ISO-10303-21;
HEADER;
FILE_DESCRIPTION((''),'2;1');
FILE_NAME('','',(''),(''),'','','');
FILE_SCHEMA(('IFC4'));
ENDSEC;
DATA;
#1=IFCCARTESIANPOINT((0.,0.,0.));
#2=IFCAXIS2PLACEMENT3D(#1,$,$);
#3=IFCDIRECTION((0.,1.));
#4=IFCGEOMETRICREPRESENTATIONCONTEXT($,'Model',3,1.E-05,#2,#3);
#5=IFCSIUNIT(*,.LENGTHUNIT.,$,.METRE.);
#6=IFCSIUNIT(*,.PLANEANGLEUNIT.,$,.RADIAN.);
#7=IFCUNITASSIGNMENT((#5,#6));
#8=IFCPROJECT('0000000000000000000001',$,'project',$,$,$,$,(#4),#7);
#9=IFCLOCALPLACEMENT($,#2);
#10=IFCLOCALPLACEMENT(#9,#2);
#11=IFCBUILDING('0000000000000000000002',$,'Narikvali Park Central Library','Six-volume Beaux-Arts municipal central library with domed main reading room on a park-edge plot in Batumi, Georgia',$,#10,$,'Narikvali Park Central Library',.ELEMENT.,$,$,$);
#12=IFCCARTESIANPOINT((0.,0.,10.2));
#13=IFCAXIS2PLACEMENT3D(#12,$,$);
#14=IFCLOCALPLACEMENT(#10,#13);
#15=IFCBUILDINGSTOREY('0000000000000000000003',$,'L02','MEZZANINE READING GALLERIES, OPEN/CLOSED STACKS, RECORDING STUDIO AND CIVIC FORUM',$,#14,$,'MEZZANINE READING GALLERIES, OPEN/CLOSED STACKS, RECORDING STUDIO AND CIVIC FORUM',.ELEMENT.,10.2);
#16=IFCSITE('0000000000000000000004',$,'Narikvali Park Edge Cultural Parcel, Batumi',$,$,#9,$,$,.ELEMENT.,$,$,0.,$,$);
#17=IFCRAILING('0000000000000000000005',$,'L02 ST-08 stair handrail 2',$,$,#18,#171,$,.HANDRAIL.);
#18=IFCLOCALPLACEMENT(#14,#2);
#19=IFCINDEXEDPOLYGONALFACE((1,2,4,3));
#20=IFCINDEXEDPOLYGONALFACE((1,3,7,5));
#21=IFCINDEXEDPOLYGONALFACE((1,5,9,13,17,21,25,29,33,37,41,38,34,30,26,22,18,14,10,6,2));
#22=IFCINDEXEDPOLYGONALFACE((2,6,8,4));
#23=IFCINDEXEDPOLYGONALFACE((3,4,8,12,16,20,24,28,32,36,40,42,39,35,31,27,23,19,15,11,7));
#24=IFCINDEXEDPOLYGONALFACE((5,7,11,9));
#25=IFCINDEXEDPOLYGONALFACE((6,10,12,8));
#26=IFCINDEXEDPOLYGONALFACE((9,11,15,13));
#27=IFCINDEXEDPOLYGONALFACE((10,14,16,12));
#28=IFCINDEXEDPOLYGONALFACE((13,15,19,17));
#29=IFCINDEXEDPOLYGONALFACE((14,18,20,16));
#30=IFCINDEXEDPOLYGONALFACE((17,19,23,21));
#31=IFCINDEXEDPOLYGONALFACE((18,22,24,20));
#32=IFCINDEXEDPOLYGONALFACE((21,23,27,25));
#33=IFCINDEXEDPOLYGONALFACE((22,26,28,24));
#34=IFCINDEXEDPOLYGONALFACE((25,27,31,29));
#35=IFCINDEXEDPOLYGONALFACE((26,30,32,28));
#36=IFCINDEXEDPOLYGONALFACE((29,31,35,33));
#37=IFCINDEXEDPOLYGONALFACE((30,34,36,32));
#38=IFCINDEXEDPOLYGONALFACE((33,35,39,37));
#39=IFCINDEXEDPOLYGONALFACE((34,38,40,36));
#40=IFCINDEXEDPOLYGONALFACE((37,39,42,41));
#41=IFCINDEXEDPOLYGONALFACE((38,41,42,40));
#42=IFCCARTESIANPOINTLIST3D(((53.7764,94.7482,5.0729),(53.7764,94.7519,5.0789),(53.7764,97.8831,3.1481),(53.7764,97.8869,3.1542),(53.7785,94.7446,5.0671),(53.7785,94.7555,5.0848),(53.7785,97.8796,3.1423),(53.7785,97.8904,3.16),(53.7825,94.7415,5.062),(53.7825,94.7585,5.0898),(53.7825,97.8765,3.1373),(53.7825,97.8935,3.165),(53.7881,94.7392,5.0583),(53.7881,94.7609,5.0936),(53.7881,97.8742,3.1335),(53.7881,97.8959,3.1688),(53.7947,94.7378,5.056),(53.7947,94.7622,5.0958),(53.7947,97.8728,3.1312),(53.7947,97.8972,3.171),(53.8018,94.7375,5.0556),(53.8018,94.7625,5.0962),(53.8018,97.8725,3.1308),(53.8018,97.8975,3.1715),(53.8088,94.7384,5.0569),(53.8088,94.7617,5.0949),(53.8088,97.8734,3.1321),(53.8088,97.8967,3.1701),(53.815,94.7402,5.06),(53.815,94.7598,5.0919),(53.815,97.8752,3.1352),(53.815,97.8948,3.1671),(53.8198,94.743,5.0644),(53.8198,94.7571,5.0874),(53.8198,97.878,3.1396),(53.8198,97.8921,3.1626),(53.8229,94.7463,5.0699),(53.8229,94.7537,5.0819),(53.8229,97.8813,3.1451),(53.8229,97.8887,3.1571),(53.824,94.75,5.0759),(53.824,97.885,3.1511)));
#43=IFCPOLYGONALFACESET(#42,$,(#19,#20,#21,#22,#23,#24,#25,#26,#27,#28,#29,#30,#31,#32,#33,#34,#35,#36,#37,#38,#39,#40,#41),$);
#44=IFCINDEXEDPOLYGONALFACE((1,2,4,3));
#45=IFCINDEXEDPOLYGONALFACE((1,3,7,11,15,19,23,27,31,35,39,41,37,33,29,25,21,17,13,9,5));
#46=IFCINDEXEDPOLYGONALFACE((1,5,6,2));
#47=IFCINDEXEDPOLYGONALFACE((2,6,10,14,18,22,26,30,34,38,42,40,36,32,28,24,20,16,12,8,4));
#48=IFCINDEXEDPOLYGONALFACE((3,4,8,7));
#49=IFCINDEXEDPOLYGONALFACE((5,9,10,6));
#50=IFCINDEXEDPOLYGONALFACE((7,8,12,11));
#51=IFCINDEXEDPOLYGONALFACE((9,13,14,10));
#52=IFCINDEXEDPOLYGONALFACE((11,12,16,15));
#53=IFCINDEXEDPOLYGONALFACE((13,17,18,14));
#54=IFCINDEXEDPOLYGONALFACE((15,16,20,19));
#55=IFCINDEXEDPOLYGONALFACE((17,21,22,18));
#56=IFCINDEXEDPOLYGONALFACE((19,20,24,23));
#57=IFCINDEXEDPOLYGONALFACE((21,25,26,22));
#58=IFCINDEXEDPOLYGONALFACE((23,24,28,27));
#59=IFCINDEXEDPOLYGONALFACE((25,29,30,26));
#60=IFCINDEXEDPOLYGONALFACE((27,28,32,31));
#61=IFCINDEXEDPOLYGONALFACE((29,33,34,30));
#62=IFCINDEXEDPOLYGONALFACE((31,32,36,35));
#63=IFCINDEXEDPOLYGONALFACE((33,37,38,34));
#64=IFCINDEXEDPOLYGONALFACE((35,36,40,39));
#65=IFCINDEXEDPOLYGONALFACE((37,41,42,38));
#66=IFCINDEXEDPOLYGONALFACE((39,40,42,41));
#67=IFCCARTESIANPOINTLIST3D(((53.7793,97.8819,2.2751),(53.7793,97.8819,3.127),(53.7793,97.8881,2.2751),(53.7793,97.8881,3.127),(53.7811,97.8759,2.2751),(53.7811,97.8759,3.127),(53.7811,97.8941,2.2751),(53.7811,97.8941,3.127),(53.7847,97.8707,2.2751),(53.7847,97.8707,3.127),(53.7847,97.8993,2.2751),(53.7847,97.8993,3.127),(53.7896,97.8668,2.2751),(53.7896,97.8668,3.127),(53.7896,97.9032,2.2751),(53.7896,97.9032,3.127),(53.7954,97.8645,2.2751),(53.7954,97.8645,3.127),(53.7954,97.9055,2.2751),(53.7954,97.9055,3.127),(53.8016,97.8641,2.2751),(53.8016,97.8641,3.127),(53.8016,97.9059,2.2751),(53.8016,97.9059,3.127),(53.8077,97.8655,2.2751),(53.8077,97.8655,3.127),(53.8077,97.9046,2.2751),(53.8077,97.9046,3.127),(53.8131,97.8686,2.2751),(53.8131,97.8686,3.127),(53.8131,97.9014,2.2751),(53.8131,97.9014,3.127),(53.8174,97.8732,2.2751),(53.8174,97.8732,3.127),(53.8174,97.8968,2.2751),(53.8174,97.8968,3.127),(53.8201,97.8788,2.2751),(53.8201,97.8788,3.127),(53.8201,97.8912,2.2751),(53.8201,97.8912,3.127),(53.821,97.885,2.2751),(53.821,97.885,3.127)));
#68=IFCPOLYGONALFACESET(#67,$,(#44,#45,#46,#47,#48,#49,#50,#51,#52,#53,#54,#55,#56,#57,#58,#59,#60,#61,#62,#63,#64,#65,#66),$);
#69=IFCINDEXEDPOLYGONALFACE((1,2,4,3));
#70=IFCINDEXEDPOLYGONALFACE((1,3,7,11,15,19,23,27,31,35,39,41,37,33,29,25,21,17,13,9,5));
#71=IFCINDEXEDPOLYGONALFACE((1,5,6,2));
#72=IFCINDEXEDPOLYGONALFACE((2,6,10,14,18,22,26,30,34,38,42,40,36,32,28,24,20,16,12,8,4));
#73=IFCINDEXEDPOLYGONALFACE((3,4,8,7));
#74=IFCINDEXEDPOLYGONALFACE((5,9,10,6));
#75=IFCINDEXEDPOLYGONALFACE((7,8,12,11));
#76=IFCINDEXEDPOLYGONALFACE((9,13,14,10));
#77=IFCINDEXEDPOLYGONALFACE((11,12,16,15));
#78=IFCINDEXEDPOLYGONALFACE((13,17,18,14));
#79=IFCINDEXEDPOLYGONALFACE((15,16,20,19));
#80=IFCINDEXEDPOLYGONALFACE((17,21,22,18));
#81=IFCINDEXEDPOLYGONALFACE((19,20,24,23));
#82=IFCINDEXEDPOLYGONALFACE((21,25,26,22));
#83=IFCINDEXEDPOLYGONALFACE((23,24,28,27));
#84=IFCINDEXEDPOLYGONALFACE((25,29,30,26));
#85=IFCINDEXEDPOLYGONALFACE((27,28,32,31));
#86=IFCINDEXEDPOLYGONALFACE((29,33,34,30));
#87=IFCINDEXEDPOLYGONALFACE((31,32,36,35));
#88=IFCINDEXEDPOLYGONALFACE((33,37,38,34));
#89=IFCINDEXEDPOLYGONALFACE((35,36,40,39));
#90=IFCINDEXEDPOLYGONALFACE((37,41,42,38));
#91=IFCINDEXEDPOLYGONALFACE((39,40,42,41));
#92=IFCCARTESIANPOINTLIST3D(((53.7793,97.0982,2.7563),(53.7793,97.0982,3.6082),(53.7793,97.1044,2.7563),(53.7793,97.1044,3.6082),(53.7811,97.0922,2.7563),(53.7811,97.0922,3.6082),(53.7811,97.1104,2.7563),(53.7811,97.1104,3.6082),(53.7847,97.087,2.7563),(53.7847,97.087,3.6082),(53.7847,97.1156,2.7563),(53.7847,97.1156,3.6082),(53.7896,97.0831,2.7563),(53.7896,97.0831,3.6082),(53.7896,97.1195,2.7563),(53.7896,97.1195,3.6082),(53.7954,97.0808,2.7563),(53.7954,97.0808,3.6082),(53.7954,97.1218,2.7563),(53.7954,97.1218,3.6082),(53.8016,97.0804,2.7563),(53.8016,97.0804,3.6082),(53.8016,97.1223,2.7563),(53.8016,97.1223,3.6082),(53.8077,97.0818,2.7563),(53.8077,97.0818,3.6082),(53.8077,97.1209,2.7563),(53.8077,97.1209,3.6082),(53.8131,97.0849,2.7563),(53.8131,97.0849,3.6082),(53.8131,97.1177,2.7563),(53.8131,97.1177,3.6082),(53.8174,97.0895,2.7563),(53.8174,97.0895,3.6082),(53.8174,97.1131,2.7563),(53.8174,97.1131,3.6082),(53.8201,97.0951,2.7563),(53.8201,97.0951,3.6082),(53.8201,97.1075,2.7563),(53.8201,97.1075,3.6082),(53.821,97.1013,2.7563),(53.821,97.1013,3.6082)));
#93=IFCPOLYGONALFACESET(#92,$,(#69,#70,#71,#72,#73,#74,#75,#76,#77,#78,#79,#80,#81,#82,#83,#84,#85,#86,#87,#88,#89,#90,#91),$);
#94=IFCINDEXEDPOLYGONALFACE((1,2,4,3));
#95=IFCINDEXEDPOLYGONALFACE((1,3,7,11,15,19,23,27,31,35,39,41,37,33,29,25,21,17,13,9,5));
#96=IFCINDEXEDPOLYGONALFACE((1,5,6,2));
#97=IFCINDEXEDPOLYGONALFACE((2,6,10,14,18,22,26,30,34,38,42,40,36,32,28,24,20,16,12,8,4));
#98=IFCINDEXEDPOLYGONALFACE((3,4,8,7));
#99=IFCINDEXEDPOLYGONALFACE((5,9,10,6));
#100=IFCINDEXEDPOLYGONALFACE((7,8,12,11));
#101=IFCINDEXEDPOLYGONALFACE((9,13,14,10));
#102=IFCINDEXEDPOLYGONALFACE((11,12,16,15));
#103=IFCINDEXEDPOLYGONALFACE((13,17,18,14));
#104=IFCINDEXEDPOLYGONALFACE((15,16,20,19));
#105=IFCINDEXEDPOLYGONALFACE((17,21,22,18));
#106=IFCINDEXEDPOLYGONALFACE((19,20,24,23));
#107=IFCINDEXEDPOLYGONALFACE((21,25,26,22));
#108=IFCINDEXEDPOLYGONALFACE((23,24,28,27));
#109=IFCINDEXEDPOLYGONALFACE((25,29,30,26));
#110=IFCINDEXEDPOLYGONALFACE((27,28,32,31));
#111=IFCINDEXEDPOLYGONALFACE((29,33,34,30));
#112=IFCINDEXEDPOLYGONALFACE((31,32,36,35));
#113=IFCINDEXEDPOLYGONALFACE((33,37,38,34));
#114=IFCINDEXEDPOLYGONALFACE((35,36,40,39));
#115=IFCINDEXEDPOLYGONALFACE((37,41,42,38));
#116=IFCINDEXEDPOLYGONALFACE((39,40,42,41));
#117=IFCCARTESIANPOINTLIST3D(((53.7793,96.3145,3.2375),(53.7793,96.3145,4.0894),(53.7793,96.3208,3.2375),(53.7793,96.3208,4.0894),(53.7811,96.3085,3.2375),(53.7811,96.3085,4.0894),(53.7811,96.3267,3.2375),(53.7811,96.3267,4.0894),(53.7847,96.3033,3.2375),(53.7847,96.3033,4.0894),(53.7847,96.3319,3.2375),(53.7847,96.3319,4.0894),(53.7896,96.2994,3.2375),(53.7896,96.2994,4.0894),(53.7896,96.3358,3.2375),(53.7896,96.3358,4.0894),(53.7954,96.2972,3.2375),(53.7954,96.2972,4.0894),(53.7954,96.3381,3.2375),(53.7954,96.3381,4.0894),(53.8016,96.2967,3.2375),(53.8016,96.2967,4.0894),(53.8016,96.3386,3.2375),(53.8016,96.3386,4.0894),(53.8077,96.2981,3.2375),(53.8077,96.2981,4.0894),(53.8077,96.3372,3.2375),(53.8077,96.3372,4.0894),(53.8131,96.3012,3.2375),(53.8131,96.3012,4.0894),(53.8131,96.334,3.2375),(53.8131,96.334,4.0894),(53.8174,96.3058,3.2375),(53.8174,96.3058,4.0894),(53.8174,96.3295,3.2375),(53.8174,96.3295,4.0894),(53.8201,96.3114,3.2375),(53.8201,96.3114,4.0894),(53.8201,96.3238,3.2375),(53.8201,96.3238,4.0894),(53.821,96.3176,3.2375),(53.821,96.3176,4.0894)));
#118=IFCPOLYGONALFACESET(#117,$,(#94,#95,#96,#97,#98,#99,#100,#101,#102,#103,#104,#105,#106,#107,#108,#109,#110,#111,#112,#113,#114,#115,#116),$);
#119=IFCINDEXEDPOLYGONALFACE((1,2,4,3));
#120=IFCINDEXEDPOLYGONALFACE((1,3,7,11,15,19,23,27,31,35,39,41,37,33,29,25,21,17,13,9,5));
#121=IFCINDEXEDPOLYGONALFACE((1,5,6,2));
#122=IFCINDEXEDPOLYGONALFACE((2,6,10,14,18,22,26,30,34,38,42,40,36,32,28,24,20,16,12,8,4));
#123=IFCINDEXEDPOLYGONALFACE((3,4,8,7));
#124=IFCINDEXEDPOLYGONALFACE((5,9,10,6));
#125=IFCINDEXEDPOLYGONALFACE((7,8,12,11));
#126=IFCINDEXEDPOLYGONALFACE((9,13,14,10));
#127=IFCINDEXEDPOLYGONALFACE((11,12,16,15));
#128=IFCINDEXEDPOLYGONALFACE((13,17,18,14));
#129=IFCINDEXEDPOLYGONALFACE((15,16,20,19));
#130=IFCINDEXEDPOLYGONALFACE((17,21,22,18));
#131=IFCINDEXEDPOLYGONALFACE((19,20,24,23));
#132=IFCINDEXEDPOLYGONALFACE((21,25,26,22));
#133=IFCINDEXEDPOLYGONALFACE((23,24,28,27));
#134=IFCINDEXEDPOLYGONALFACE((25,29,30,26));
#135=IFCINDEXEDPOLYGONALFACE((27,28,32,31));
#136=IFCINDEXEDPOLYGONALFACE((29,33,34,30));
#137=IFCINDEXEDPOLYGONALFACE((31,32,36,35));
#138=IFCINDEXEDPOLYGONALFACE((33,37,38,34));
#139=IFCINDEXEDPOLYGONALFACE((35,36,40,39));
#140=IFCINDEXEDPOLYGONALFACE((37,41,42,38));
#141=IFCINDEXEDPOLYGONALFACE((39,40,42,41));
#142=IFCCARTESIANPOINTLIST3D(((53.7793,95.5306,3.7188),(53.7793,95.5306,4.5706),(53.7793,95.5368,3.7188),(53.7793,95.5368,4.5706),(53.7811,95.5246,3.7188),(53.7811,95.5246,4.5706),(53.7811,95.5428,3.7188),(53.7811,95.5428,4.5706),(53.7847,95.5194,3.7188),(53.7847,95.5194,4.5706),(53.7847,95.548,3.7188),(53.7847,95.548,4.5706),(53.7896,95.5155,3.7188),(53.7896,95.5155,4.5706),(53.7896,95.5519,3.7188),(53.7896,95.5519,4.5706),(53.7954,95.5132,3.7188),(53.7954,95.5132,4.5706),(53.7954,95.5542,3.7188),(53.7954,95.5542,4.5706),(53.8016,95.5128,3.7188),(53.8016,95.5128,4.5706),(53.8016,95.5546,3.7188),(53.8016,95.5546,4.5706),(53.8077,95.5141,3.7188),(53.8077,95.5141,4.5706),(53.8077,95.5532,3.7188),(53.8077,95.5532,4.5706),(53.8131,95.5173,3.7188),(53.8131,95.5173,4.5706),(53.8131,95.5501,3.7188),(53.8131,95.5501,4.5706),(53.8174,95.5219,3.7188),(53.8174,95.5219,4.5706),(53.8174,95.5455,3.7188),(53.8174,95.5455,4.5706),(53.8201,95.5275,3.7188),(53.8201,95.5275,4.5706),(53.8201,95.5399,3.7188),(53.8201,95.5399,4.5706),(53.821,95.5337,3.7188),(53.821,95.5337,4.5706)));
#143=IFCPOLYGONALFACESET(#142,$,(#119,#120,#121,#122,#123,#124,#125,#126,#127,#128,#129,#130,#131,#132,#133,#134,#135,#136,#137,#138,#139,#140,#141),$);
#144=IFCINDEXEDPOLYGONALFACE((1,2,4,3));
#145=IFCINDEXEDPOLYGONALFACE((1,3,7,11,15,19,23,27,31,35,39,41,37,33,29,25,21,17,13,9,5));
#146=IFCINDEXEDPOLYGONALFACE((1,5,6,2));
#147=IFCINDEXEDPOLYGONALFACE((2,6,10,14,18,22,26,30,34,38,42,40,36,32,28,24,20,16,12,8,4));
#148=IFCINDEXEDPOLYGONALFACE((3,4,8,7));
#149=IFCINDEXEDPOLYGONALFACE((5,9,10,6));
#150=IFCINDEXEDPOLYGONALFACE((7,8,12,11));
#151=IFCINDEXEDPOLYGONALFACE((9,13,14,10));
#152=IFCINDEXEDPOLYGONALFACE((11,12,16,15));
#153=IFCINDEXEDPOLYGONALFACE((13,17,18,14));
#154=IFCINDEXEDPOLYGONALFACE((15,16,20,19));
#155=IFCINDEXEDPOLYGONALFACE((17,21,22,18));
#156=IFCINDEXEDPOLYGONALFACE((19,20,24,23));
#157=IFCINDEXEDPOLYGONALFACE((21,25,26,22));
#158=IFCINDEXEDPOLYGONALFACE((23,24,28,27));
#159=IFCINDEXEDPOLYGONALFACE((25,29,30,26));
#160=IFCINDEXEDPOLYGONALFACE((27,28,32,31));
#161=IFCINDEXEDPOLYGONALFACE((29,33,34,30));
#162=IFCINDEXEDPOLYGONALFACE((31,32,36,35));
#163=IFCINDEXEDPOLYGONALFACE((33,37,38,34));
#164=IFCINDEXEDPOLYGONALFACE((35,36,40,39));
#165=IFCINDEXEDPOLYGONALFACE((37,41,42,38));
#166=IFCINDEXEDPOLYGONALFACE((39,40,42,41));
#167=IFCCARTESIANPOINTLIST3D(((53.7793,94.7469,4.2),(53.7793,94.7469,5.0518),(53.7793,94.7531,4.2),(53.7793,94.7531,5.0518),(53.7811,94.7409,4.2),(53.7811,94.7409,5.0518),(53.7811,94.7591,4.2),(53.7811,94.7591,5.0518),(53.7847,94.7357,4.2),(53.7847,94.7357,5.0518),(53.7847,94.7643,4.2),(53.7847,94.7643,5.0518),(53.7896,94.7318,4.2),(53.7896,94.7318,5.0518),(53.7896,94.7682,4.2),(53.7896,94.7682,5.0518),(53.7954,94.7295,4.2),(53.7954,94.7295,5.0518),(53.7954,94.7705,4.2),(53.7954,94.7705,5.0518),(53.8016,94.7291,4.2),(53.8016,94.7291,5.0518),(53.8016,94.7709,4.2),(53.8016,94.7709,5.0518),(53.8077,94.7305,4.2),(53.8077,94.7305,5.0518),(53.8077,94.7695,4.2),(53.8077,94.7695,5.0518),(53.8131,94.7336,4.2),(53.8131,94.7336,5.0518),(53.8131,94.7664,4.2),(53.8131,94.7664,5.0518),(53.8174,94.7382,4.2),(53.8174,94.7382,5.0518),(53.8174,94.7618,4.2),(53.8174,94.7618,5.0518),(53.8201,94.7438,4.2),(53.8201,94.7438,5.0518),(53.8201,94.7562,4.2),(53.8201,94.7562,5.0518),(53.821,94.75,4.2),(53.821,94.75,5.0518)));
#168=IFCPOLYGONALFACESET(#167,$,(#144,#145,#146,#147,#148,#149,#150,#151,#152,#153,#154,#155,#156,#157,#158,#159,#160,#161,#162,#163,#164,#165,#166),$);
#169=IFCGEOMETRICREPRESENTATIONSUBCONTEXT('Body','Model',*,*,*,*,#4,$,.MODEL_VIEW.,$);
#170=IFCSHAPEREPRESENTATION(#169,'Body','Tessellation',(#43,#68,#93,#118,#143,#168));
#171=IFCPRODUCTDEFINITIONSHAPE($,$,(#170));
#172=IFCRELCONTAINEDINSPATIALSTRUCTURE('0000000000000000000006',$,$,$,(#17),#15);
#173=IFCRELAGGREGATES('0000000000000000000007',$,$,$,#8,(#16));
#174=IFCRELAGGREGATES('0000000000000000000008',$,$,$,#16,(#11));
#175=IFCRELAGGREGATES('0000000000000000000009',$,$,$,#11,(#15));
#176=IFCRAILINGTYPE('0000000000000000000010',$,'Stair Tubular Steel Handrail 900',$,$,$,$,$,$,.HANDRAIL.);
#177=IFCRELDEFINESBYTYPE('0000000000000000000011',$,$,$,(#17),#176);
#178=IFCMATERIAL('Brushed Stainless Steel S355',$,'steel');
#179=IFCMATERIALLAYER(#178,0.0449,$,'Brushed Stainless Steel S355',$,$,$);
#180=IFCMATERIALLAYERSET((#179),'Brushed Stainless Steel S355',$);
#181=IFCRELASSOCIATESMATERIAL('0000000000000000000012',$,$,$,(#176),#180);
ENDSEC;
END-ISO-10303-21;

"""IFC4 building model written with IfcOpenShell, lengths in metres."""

from ifc_helpers import new_model, si_unit, direction, frame, origin, origin_2d, place, context, subcontext, project, spatial, circle, extrude, material, layer, layer_set, type_object, element, save


model = new_model("IFC4")

# Units and contexts
model_context = context("Model", 3, precision=1e-05, world=origin(), true_north=direction((0.0, 1.0)))
body_context = subcontext(model_context, "Body", "Model", "MODEL_VIEW")
ifc_project = project(units=[si_unit("LENGTHUNIT", "METRE"), si_unit("PLANEANGLEUNIT", "RADIAN")], contexts=[model_context])

# Site, building, storey
site_placement = place(None, origin())
site = spatial("IfcSite", under=ifc_project, at=site_placement, Name="Narikvali Park Edge Cultural Parcel, Batumi", CompositionType="ELEMENT", RefElevation=0.0)
building_placement = place(site_placement, origin())
building = spatial("IfcBuilding", under=site, at=building_placement, Name="Narikvali Park Central Library", Description="Six-volume Beaux-Arts municipal central library with domed main reading room on a park-edge plot in Batumi, Georgia", LongName="Narikvali Park Central Library", CompositionType="ELEMENT")
storey_placement = place(building_placement, frame((0.0, 0.0, 10.2)))
storey = spatial("IfcBuildingStorey", under=building, at=storey_placement, Name="L02", Description="MEZZANINE READING GALLERIES, OPEN/CLOSED STACKS, RECORDING STUDIO AND CIVIC FORUM", LongName="MEZZANINE READING GALLERIES, OPEN/CLOSED STACKS, RECORDING STUDIO AND CIVIC FORUM", CompositionType="ELEMENT", Elevation=10.2)

# Shared definitions
ifc_material_1 = material(Name="Brushed Stainless Steel S355", Category="steel")

# Railing
ifc_layer_1 = layer(ifc_material_1, 0.0449, Name="Brushed Stainless Steel S355")
ifc_layer_set_1 = layer_set([ifc_layer_1], Name="Brushed Stainless Steel S355")
railing_type_1 = type_object("IfcRailingType", Name="Stair Tubular Steel Handrail 900", PredefinedType="HANDRAIL", material=ifc_layer_set_1)
railing_1_placement = place(storey_placement, frame((53.8, 97.885, 2.2751)))
element("IfcRailing", 1, at=railing_1_placement, inside=storey, type_object=railing_type_1, Name="L02 ST-08 stair handrail 2", PredefinedType="HANDRAIL", context=body_context, shape_type="SweptSolid", body=[
    extrude(circle(Radius=0.0239, at=origin_2d()), frame((0.0, 0.0, 0.876), z_axis=(0.0, -0.852196, 0.523223), x_axis=(1.0, 0.0, 0.0)), (0.0, 0.0, 1.0), 3.6787),
    extrude(circle(Radius=0.021, at=origin_2d()), origin(), (0.0, 0.0, 1.0), 0.8518),
    extrude(circle(Radius=0.021, at=origin_2d()), frame((0.0, -0.7837, 0.4812)), (0.0, 0.0, 1.0), 0.8518),
    extrude(circle(Radius=0.021, at=origin_2d()), frame((0.0, -1.5674, 0.9624)), (0.0, 0.0, 1.0), 0.8518),
    extrude(circle(Radius=0.021, at=origin_2d()), frame((0.0, -2.3513, 1.4436)), (0.0, 0.0, 1.0), 0.8518),
    extrude(circle(Radius=0.021, at=origin_2d()), frame((0.0, -3.135, 1.9248)), (0.0, 0.0, 1.0), 0.8518),
])

save(model, "model.ifc")
